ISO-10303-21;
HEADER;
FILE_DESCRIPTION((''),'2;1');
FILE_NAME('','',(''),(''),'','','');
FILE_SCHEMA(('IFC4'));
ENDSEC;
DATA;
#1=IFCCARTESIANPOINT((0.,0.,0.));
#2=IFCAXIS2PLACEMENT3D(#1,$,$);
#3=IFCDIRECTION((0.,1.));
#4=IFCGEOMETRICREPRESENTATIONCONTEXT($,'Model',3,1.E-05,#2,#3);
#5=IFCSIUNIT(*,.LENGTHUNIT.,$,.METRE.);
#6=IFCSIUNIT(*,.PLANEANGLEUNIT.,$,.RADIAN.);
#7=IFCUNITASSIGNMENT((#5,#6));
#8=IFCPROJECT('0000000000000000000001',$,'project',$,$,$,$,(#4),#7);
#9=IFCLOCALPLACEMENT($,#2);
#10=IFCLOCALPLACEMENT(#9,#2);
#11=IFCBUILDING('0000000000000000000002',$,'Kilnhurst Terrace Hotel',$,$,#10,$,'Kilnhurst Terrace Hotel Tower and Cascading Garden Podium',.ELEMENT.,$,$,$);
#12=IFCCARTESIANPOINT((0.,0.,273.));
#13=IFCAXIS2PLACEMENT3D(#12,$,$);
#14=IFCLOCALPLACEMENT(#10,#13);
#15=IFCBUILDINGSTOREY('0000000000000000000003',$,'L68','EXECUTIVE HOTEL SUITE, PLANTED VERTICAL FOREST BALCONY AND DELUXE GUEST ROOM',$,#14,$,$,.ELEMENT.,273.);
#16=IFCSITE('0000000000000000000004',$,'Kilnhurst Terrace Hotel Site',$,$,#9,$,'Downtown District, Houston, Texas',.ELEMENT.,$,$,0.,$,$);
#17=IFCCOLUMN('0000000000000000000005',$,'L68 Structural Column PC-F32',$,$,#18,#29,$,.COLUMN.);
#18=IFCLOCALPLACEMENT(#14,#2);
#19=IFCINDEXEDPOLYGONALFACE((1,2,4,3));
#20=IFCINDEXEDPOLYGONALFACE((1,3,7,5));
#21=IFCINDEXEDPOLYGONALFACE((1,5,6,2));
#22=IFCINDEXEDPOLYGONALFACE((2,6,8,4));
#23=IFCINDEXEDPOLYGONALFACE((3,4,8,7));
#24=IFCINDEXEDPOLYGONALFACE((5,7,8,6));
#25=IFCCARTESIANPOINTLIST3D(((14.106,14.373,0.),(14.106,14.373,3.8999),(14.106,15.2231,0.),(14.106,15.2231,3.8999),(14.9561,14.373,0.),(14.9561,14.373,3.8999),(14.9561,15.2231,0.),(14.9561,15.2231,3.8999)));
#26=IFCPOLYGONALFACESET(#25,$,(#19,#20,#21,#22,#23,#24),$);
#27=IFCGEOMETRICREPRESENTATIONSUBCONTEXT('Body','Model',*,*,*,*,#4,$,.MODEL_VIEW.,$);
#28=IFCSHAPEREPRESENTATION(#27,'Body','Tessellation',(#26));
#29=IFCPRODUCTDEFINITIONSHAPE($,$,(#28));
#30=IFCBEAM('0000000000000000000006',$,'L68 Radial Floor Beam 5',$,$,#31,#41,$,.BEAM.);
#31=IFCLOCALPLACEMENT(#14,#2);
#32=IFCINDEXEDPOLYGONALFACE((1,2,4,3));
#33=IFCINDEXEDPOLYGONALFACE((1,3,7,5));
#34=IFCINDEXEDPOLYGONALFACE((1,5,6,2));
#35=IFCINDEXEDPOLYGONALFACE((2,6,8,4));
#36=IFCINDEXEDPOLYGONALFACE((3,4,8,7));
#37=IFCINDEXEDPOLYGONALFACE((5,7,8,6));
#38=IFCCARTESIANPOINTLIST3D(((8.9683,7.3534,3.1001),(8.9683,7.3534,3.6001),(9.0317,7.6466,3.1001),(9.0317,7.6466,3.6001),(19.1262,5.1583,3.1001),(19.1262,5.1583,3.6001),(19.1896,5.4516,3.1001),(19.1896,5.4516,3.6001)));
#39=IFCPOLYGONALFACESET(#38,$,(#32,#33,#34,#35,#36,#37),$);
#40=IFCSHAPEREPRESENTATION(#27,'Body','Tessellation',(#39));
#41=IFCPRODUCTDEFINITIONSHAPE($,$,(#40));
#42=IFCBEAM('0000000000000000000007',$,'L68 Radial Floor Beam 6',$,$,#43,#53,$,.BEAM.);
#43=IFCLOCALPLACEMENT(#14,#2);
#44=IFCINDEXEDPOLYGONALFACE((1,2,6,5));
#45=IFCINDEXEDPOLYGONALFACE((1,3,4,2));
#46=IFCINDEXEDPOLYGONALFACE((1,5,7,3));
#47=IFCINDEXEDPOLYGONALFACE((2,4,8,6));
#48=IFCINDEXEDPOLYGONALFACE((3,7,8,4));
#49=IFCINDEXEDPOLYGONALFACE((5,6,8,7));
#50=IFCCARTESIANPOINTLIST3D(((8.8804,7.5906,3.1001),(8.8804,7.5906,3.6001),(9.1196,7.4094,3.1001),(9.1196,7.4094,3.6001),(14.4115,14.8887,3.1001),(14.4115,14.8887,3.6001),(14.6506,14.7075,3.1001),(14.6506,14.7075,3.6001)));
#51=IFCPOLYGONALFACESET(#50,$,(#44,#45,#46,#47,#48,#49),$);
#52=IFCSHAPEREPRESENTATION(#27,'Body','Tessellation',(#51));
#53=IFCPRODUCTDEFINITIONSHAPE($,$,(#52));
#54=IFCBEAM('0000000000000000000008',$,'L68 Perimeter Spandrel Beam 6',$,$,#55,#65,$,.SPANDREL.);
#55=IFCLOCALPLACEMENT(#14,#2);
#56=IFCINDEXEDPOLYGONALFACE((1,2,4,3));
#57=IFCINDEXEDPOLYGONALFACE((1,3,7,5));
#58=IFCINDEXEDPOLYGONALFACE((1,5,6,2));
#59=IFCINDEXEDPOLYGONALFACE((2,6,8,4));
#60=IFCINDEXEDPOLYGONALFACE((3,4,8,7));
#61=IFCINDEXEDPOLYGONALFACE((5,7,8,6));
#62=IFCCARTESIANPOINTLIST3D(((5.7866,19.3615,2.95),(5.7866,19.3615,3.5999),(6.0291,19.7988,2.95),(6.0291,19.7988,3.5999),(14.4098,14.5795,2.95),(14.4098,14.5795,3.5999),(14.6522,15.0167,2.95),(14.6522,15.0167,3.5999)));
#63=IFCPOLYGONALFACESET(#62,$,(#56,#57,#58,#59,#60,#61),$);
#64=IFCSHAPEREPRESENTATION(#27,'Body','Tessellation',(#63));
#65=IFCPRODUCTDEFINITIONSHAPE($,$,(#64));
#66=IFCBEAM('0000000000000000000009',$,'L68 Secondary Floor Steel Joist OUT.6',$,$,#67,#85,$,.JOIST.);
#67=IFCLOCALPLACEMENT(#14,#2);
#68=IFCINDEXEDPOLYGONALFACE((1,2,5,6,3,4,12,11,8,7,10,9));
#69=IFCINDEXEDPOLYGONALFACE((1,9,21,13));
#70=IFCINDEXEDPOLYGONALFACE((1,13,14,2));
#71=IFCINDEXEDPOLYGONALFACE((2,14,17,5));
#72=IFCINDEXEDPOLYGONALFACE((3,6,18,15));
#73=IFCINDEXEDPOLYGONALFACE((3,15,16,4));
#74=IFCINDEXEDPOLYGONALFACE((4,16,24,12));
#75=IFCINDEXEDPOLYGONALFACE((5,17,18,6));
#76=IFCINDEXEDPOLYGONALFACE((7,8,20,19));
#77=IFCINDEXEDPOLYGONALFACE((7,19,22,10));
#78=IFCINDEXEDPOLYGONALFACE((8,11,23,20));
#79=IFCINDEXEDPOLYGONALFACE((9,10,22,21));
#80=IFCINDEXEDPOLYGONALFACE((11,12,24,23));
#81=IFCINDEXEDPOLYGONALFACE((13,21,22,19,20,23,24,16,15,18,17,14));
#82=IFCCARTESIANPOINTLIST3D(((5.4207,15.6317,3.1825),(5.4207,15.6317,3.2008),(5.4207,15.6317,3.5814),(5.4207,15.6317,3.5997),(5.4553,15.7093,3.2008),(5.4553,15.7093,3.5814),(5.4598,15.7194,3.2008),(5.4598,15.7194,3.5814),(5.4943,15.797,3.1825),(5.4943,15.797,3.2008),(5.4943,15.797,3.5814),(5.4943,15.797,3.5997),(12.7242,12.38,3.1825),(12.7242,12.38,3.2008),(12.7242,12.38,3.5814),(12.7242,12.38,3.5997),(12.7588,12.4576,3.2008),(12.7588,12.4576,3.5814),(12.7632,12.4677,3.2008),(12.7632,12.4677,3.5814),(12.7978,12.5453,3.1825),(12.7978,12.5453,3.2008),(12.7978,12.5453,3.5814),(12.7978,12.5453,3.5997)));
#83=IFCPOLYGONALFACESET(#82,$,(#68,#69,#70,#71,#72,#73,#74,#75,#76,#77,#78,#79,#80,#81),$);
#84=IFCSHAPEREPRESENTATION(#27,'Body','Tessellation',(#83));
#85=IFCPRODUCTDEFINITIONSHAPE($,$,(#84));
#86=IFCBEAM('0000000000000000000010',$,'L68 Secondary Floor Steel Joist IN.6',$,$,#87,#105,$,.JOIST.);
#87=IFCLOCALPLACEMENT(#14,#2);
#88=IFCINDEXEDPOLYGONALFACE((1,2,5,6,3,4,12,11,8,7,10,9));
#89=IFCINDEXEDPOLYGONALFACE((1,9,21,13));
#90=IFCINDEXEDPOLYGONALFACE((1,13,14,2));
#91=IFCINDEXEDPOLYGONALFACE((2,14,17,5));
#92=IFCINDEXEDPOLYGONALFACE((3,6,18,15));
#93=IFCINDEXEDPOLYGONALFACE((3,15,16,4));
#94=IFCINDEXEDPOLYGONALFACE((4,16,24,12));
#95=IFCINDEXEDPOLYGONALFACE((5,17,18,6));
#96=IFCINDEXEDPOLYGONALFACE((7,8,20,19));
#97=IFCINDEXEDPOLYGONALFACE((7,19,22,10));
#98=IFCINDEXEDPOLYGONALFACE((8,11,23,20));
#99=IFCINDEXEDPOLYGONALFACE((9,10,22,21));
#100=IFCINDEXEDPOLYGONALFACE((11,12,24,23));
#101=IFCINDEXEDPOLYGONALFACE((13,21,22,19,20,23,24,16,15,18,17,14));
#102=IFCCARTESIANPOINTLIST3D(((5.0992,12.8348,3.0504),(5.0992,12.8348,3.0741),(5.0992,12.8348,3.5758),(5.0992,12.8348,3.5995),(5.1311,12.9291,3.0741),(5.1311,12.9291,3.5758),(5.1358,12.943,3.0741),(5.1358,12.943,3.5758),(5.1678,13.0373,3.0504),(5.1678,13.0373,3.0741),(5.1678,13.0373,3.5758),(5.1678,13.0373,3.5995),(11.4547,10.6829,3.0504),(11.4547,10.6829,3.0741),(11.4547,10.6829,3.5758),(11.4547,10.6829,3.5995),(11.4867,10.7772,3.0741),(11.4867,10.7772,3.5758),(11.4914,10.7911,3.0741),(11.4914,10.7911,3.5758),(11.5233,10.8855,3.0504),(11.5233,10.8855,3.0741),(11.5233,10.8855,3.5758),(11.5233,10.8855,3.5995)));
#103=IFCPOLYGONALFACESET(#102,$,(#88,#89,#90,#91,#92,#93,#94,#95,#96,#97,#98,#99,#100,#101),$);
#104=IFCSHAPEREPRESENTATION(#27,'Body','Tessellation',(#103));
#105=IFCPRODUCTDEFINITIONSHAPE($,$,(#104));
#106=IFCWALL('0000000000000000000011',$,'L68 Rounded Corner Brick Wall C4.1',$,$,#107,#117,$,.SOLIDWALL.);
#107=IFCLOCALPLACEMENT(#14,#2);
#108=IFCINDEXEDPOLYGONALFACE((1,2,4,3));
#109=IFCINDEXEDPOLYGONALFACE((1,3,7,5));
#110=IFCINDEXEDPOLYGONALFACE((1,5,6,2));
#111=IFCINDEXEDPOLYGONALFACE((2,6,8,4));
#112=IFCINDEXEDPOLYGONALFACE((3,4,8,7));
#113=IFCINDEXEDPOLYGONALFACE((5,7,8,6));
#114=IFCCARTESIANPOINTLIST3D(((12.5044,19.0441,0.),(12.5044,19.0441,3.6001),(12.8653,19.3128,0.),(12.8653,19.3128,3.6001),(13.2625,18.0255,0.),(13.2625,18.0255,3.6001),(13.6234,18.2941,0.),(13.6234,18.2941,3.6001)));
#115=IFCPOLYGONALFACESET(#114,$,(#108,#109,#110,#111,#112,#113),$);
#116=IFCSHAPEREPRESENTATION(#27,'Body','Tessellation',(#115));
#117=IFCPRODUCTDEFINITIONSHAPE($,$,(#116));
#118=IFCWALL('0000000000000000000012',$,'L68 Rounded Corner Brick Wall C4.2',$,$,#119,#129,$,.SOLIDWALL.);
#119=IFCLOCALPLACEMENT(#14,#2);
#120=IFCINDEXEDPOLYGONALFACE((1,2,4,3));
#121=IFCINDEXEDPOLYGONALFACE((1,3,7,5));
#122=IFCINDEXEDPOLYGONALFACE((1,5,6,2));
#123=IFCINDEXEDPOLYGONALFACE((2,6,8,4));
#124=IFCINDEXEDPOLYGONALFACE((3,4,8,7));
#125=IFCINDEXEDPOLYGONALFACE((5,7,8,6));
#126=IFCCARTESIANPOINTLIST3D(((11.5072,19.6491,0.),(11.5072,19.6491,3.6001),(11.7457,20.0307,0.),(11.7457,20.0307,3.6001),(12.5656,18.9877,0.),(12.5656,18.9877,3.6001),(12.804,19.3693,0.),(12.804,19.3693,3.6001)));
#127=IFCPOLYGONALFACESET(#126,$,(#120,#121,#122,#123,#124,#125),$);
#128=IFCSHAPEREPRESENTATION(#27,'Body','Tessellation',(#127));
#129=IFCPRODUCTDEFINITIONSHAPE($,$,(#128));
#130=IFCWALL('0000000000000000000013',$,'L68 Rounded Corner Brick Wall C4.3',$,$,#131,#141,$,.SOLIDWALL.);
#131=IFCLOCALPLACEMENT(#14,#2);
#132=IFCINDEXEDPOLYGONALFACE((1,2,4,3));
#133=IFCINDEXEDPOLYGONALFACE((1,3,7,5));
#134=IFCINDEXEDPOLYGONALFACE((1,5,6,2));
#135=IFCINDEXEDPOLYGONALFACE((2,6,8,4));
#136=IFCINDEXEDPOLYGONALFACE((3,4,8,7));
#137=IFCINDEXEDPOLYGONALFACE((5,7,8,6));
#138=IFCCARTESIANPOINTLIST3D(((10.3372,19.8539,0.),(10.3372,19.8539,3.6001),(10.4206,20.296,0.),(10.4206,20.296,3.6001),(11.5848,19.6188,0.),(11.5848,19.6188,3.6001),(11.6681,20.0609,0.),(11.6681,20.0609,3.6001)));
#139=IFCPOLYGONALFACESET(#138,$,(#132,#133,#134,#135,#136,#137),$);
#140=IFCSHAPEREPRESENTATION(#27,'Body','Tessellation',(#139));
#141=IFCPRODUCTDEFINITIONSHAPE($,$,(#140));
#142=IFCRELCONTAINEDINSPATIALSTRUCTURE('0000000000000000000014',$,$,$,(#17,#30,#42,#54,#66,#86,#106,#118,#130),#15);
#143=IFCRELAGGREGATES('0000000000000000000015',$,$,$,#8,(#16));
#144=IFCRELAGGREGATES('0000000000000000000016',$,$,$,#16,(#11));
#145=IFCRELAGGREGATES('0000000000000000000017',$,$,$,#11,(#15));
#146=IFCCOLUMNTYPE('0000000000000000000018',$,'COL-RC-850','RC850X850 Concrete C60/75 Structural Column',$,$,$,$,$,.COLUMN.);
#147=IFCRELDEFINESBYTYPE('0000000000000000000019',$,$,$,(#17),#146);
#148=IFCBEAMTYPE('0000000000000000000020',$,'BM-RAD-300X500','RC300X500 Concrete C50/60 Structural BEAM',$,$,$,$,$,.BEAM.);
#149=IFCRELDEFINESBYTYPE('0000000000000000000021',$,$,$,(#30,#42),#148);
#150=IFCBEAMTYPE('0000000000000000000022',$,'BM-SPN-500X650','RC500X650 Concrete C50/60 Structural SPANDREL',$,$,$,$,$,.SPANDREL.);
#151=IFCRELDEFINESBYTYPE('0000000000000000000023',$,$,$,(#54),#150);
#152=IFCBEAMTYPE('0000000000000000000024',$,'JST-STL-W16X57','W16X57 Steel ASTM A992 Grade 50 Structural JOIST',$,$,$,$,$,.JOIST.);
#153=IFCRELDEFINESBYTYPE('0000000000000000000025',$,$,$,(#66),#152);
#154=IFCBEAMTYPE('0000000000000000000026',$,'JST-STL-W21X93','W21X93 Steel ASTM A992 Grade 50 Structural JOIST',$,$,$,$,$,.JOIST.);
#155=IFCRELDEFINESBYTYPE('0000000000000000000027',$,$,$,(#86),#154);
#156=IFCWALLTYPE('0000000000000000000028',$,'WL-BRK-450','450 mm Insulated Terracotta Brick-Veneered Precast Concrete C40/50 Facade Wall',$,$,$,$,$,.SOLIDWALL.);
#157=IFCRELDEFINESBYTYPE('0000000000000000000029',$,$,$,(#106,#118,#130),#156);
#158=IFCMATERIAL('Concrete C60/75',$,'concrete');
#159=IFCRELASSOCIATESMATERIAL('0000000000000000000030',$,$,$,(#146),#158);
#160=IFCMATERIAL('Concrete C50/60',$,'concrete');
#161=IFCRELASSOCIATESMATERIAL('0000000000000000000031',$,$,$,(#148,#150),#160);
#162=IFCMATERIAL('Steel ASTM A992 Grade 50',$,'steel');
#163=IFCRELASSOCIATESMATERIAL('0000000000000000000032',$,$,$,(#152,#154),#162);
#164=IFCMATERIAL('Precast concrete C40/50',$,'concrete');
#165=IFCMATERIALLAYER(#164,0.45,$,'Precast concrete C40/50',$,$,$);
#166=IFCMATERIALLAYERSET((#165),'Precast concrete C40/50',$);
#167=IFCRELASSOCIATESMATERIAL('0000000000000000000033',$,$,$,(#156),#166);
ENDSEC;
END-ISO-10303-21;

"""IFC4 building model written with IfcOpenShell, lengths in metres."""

from ifc_helpers import new_model, si_unit, direction, frame, frame_2d, origin, origin_2d, place, context, subcontext, project, spatial, rectangle, i_section, extrude, material, layer, layer_set, material_profile, profile_set, type_object, element, save


model = new_model("IFC4")

# Units and contexts
model_context = context("Model", 3, precision=1e-05, world=origin(), true_north=direction((0.0, 1.0)))
body_context = subcontext(model_context, "Body", "Model", "MODEL_VIEW")
ifc_project = project(units=[si_unit("LENGTHUNIT", "METRE"), si_unit("PLANEANGLEUNIT", "RADIAN")], contexts=[model_context])

# Site, building, storey
site_placement = place(None, origin())
site = spatial("IfcSite", under=ifc_project, at=site_placement, Name="Kilnhurst Terrace Hotel Site", LongName="Downtown District, Houston, Texas", CompositionType="ELEMENT", RefElevation=0.0)
building_placement = place(site_placement, origin())
building = spatial("IfcBuilding", under=site, at=building_placement, Name="Kilnhurst Terrace Hotel", LongName="Kilnhurst Terrace Hotel Tower and Cascading Garden Podium", CompositionType="ELEMENT")
storey_placement = place(building_placement, frame((0.0, 0.0, 273.0)))
storey = spatial("IfcBuildingStorey", under=building, at=storey_placement, Name="L68", Description="EXECUTIVE HOTEL SUITE, PLANTED VERTICAL FOREST BALCONY AND DELUXE GUEST ROOM", CompositionType="ELEMENT", Elevation=273.0)

# Column
ifc_material_1 = material(Name="Concrete C60/75", Category="concrete")
ifc_material_profile_1 = material_profile(ifc_material_1, rectangle(XDim=0.8501, YDim=0.8501, at=origin_2d()), Name="RC850X850")
ifc_profile_set_1 = profile_set([ifc_material_profile_1], Name="Concrete C60/75")
column_type = type_object("IfcColumnType", Name="COL-RC-850", Description="RC850X850 Concrete C60/75 Structural Column", PredefinedType="COLUMN", material=ifc_profile_set_1)
column_placement = place(storey_placement, frame((14.531, 14.7981, 0.0), z_axis=(0.0, 0.0, 1.0), x_axis=(1.0, 0.0, 0.0)))
element("IfcColumn", 1, at=column_placement, inside=storey, type_object=column_type, Name="L68 Structural Column PC-F32", PredefinedType="COLUMN", context=body_context, shape_type="SweptSolid", body=[
    extrude(rectangle(XDim=0.8501, YDim=0.8501, at=origin_2d()), origin(), (0.0, 0.0, 1.0), 3.8999),
])

# Beams
ifc_material_2 = material(Name="Concrete C50/60", Category="concrete")
ifc_material_profile_2 = material_profile(ifc_material_2, rectangle(XDim=0.3, YDim=0.5, at=origin_2d()), Name="RC300X500")
ifc_profile_set_2 = profile_set([ifc_material_profile_2], Name="Concrete C50/60")
beam_type_1 = type_object("IfcBeamType", Name="BM-RAD-300X500", Description="RC300X500 Concrete C50/60 Structural BEAM", PredefinedType="BEAM", material=ifc_profile_set_2)
beam_1_placement = place(storey_placement, frame((9.0, 7.5, 3.3501), z_axis=(0.977439, -0.211218, 0.0), x_axis=(0.211218, 0.977439, 0.0)))
element("IfcBeam", 2, at=beam_1_placement, inside=storey, type_object=beam_type_1, Name="L68 Radial Floor Beam 5", PredefinedType="BEAM", context=body_context, shape_type="SweptSolid", body=[
    extrude(rectangle(XDim=0.3, YDim=0.5, at=origin_2d()), origin(), (0.0, 0.0, 1.0), 10.3923),
])
beam_2_placement = place(storey_placement, frame((9.0, 7.5, 3.3501), z_axis=(0.604007, 0.796979, 0.0), x_axis=(-0.796979, 0.604007, 0.0)))
element("IfcBeam", 3, at=beam_2_placement, inside=storey, type_object=beam_type_1, Name="L68 Radial Floor Beam 6", PredefinedType="BEAM", context=body_context, shape_type="SweptSolid", body=[
    extrude(rectangle(XDim=0.3, YDim=0.5, at=origin_2d()), origin(), (0.0, 0.0, 1.0), 9.1572),
])
ifc_material_profile_3 = material_profile(ifc_material_2, rectangle(XDim=0.5, YDim=0.6499, at=origin_2d()), Name="RC500X650")
ifc_profile_set_3 = profile_set([ifc_material_profile_3], Name="Concrete C50/60")
beam_type_2 = type_object("IfcBeamType", Name="BM-SPN-500X650", Description="RC500X650 Concrete C50/60 Structural SPANDREL", PredefinedType="SPANDREL", material=ifc_profile_set_3)
beam_3_placement = place(storey_placement, frame((14.531, 14.7981, 3.2749), z_axis=(-0.874527, 0.484976, 0.0), x_axis=(-0.484976, -0.874527, 0.0)))
element("IfcBeam", 4, at=beam_3_placement, inside=storey, type_object=beam_type_2, Name="L68 Perimeter Spandrel Beam 6", PredefinedType="SPANDREL", context=body_context, shape_type="SweptSolid", body=[
    extrude(rectangle(XDim=0.5, YDim=0.6499, at=origin_2d()), origin(), (0.0, 0.0, 1.0), 9.8604),
])
ifc_material_3 = material(Name="Steel ASTM A992 Grade 50", Category="steel")
ifc_material_profile_4 = material_profile(ifc_material_3, i_section(OverallWidth=0.1809, OverallDepth=0.4172, WebThickness=0.011, FlangeThickness=0.0183, at=origin_2d()), Name="W16X57")
ifc_profile_set_4 = profile_set([ifc_material_profile_4], Name="Steel ASTM A992 Grade 50")
beam_type_3 = type_object("IfcBeamType", Name="JST-STL-W16X57", Description="W16X57 Steel ASTM A992 Grade 50 Structural JOIST", PredefinedType="JOIST", material=ifc_profile_set_4)
beam_4_placement = place(storey_placement, frame((12.761, 12.4626, 3.3911), z_axis=(-0.913546, 0.406736, 0.0), x_axis=(-0.406736, -0.913546, 0.0)))
element("IfcBeam", 5, at=beam_4_placement, inside=storey, type_object=beam_type_3, Name="L68 Secondary Floor Steel Joist OUT.6", PredefinedType="JOIST", context=body_context, shape_type="SweptSolid", body=[
    extrude(i_section(OverallWidth=0.1809, OverallDepth=0.4172, WebThickness=0.011, FlangeThickness=0.0183, at=origin_2d()), origin(), (0.0, 0.0, 1.0), 7.9946),
])
ifc_material_profile_5 = material_profile(ifc_material_3, i_section(OverallWidth=0.2139, OverallDepth=0.5491, WebThickness=0.0146, FlangeThickness=0.0237, at=origin_2d()), Name="W21X93")
ifc_profile_set_5 = profile_set([ifc_material_profile_5], Name="Steel ASTM A992 Grade 50")
beam_type_4 = type_object("IfcBeamType", Name="JST-STL-W21X93", Description="W21X93 Steel ASTM A992 Grade 50 Structural JOIST", PredefinedType="JOIST", material=ifc_profile_set_5)
beam_5_placement = place(storey_placement, frame((11.489, 10.7842, 3.325), z_axis=(-0.947181, 0.3207, 0.0), x_axis=(-0.3207, -0.947181, 0.0)))
element("IfcBeam", 6, at=beam_5_placement, inside=storey, type_object=beam_type_4, Name="L68 Secondary Floor Steel Joist IN.6", PredefinedType="JOIST", context=body_context, shape_type="SweptSolid", body=[
    extrude(i_section(OverallWidth=0.2139, OverallDepth=0.5491, WebThickness=0.0146, FlangeThickness=0.0237, at=origin_2d()), origin(), (0.0, 0.0, 1.0), 6.71),
])

# Walls
ifc_material_4 = material(Name="Precast concrete C40/50", Category="concrete")
ifc_layer_1 = layer(ifc_material_4, 0.45, Name="Precast concrete C40/50")
ifc_layer_set_1 = layer_set([ifc_layer_1], Name="Precast concrete C40/50")
wall_type_1 = type_object("IfcWallType", Name="WL-BRK-450", Description="450 mm Insulated Terracotta Brick-Veneered Precast Concrete C40/50 Facade Wall", PredefinedType="SOLIDWALL", material=ifc_layer_set_1)
wall_1_placement = place(storey_placement, frame((13.4429, 18.1599, 0.0), z_axis=(0.0, 0.0, 1.0), x_axis=(-0.597042, 0.80221, 0.0)))
element("IfcWall", 7, at=wall_1_placement, inside=storey, type_object=wall_type_1, Name="L68 Rounded Corner Brick Wall C4.1", PredefinedType="SOLIDWALL", context=body_context, shape_type="SweptSolid", body=[
    extrude(rectangle(XDim=1.2698, YDim=0.45, at=frame_2d((0.6348, 0.0))), origin(), (0.0, 0.0, 1.0), 3.6001),
])
wall_2_placement = place(storey_placement, frame((12.6848, 19.1785, 0.0), z_axis=(0.0, 0.0, 1.0), x_axis=(-0.848031, 0.529946, 0.0)))
element("IfcWall", 8, at=wall_2_placement, inside=storey, type_object=wall_type_1, Name="L68 Rounded Corner Brick Wall C4.2", PredefinedType="SOLIDWALL", context=body_context, shape_type="SweptSolid", body=[
    extrude(rectangle(XDim=1.248, YDim=0.45, at=frame_2d((0.624, 0.0))), origin(), (0.0, 0.0, 1.0), 3.6001),
])
wall_3_placement = place(storey_placement, frame((11.6265, 19.8398, 0.0), z_axis=(0.0, 0.0, 1.0), x_axis=(-0.982702, 0.185194, 0.0)))
element("IfcWall", 9, at=wall_3_placement, inside=storey, type_object=wall_type_1, Name="L68 Rounded Corner Brick Wall C4.3", PredefinedType="SOLIDWALL", context=body_context, shape_type="SweptSolid", body=[
    extrude(rectangle(XDim=1.2695, YDim=0.45, at=frame_2d((0.6348, 0.0))), origin(), (0.0, 0.0, 1.0), 3.6001),
])

save(model, "model.ifc")
